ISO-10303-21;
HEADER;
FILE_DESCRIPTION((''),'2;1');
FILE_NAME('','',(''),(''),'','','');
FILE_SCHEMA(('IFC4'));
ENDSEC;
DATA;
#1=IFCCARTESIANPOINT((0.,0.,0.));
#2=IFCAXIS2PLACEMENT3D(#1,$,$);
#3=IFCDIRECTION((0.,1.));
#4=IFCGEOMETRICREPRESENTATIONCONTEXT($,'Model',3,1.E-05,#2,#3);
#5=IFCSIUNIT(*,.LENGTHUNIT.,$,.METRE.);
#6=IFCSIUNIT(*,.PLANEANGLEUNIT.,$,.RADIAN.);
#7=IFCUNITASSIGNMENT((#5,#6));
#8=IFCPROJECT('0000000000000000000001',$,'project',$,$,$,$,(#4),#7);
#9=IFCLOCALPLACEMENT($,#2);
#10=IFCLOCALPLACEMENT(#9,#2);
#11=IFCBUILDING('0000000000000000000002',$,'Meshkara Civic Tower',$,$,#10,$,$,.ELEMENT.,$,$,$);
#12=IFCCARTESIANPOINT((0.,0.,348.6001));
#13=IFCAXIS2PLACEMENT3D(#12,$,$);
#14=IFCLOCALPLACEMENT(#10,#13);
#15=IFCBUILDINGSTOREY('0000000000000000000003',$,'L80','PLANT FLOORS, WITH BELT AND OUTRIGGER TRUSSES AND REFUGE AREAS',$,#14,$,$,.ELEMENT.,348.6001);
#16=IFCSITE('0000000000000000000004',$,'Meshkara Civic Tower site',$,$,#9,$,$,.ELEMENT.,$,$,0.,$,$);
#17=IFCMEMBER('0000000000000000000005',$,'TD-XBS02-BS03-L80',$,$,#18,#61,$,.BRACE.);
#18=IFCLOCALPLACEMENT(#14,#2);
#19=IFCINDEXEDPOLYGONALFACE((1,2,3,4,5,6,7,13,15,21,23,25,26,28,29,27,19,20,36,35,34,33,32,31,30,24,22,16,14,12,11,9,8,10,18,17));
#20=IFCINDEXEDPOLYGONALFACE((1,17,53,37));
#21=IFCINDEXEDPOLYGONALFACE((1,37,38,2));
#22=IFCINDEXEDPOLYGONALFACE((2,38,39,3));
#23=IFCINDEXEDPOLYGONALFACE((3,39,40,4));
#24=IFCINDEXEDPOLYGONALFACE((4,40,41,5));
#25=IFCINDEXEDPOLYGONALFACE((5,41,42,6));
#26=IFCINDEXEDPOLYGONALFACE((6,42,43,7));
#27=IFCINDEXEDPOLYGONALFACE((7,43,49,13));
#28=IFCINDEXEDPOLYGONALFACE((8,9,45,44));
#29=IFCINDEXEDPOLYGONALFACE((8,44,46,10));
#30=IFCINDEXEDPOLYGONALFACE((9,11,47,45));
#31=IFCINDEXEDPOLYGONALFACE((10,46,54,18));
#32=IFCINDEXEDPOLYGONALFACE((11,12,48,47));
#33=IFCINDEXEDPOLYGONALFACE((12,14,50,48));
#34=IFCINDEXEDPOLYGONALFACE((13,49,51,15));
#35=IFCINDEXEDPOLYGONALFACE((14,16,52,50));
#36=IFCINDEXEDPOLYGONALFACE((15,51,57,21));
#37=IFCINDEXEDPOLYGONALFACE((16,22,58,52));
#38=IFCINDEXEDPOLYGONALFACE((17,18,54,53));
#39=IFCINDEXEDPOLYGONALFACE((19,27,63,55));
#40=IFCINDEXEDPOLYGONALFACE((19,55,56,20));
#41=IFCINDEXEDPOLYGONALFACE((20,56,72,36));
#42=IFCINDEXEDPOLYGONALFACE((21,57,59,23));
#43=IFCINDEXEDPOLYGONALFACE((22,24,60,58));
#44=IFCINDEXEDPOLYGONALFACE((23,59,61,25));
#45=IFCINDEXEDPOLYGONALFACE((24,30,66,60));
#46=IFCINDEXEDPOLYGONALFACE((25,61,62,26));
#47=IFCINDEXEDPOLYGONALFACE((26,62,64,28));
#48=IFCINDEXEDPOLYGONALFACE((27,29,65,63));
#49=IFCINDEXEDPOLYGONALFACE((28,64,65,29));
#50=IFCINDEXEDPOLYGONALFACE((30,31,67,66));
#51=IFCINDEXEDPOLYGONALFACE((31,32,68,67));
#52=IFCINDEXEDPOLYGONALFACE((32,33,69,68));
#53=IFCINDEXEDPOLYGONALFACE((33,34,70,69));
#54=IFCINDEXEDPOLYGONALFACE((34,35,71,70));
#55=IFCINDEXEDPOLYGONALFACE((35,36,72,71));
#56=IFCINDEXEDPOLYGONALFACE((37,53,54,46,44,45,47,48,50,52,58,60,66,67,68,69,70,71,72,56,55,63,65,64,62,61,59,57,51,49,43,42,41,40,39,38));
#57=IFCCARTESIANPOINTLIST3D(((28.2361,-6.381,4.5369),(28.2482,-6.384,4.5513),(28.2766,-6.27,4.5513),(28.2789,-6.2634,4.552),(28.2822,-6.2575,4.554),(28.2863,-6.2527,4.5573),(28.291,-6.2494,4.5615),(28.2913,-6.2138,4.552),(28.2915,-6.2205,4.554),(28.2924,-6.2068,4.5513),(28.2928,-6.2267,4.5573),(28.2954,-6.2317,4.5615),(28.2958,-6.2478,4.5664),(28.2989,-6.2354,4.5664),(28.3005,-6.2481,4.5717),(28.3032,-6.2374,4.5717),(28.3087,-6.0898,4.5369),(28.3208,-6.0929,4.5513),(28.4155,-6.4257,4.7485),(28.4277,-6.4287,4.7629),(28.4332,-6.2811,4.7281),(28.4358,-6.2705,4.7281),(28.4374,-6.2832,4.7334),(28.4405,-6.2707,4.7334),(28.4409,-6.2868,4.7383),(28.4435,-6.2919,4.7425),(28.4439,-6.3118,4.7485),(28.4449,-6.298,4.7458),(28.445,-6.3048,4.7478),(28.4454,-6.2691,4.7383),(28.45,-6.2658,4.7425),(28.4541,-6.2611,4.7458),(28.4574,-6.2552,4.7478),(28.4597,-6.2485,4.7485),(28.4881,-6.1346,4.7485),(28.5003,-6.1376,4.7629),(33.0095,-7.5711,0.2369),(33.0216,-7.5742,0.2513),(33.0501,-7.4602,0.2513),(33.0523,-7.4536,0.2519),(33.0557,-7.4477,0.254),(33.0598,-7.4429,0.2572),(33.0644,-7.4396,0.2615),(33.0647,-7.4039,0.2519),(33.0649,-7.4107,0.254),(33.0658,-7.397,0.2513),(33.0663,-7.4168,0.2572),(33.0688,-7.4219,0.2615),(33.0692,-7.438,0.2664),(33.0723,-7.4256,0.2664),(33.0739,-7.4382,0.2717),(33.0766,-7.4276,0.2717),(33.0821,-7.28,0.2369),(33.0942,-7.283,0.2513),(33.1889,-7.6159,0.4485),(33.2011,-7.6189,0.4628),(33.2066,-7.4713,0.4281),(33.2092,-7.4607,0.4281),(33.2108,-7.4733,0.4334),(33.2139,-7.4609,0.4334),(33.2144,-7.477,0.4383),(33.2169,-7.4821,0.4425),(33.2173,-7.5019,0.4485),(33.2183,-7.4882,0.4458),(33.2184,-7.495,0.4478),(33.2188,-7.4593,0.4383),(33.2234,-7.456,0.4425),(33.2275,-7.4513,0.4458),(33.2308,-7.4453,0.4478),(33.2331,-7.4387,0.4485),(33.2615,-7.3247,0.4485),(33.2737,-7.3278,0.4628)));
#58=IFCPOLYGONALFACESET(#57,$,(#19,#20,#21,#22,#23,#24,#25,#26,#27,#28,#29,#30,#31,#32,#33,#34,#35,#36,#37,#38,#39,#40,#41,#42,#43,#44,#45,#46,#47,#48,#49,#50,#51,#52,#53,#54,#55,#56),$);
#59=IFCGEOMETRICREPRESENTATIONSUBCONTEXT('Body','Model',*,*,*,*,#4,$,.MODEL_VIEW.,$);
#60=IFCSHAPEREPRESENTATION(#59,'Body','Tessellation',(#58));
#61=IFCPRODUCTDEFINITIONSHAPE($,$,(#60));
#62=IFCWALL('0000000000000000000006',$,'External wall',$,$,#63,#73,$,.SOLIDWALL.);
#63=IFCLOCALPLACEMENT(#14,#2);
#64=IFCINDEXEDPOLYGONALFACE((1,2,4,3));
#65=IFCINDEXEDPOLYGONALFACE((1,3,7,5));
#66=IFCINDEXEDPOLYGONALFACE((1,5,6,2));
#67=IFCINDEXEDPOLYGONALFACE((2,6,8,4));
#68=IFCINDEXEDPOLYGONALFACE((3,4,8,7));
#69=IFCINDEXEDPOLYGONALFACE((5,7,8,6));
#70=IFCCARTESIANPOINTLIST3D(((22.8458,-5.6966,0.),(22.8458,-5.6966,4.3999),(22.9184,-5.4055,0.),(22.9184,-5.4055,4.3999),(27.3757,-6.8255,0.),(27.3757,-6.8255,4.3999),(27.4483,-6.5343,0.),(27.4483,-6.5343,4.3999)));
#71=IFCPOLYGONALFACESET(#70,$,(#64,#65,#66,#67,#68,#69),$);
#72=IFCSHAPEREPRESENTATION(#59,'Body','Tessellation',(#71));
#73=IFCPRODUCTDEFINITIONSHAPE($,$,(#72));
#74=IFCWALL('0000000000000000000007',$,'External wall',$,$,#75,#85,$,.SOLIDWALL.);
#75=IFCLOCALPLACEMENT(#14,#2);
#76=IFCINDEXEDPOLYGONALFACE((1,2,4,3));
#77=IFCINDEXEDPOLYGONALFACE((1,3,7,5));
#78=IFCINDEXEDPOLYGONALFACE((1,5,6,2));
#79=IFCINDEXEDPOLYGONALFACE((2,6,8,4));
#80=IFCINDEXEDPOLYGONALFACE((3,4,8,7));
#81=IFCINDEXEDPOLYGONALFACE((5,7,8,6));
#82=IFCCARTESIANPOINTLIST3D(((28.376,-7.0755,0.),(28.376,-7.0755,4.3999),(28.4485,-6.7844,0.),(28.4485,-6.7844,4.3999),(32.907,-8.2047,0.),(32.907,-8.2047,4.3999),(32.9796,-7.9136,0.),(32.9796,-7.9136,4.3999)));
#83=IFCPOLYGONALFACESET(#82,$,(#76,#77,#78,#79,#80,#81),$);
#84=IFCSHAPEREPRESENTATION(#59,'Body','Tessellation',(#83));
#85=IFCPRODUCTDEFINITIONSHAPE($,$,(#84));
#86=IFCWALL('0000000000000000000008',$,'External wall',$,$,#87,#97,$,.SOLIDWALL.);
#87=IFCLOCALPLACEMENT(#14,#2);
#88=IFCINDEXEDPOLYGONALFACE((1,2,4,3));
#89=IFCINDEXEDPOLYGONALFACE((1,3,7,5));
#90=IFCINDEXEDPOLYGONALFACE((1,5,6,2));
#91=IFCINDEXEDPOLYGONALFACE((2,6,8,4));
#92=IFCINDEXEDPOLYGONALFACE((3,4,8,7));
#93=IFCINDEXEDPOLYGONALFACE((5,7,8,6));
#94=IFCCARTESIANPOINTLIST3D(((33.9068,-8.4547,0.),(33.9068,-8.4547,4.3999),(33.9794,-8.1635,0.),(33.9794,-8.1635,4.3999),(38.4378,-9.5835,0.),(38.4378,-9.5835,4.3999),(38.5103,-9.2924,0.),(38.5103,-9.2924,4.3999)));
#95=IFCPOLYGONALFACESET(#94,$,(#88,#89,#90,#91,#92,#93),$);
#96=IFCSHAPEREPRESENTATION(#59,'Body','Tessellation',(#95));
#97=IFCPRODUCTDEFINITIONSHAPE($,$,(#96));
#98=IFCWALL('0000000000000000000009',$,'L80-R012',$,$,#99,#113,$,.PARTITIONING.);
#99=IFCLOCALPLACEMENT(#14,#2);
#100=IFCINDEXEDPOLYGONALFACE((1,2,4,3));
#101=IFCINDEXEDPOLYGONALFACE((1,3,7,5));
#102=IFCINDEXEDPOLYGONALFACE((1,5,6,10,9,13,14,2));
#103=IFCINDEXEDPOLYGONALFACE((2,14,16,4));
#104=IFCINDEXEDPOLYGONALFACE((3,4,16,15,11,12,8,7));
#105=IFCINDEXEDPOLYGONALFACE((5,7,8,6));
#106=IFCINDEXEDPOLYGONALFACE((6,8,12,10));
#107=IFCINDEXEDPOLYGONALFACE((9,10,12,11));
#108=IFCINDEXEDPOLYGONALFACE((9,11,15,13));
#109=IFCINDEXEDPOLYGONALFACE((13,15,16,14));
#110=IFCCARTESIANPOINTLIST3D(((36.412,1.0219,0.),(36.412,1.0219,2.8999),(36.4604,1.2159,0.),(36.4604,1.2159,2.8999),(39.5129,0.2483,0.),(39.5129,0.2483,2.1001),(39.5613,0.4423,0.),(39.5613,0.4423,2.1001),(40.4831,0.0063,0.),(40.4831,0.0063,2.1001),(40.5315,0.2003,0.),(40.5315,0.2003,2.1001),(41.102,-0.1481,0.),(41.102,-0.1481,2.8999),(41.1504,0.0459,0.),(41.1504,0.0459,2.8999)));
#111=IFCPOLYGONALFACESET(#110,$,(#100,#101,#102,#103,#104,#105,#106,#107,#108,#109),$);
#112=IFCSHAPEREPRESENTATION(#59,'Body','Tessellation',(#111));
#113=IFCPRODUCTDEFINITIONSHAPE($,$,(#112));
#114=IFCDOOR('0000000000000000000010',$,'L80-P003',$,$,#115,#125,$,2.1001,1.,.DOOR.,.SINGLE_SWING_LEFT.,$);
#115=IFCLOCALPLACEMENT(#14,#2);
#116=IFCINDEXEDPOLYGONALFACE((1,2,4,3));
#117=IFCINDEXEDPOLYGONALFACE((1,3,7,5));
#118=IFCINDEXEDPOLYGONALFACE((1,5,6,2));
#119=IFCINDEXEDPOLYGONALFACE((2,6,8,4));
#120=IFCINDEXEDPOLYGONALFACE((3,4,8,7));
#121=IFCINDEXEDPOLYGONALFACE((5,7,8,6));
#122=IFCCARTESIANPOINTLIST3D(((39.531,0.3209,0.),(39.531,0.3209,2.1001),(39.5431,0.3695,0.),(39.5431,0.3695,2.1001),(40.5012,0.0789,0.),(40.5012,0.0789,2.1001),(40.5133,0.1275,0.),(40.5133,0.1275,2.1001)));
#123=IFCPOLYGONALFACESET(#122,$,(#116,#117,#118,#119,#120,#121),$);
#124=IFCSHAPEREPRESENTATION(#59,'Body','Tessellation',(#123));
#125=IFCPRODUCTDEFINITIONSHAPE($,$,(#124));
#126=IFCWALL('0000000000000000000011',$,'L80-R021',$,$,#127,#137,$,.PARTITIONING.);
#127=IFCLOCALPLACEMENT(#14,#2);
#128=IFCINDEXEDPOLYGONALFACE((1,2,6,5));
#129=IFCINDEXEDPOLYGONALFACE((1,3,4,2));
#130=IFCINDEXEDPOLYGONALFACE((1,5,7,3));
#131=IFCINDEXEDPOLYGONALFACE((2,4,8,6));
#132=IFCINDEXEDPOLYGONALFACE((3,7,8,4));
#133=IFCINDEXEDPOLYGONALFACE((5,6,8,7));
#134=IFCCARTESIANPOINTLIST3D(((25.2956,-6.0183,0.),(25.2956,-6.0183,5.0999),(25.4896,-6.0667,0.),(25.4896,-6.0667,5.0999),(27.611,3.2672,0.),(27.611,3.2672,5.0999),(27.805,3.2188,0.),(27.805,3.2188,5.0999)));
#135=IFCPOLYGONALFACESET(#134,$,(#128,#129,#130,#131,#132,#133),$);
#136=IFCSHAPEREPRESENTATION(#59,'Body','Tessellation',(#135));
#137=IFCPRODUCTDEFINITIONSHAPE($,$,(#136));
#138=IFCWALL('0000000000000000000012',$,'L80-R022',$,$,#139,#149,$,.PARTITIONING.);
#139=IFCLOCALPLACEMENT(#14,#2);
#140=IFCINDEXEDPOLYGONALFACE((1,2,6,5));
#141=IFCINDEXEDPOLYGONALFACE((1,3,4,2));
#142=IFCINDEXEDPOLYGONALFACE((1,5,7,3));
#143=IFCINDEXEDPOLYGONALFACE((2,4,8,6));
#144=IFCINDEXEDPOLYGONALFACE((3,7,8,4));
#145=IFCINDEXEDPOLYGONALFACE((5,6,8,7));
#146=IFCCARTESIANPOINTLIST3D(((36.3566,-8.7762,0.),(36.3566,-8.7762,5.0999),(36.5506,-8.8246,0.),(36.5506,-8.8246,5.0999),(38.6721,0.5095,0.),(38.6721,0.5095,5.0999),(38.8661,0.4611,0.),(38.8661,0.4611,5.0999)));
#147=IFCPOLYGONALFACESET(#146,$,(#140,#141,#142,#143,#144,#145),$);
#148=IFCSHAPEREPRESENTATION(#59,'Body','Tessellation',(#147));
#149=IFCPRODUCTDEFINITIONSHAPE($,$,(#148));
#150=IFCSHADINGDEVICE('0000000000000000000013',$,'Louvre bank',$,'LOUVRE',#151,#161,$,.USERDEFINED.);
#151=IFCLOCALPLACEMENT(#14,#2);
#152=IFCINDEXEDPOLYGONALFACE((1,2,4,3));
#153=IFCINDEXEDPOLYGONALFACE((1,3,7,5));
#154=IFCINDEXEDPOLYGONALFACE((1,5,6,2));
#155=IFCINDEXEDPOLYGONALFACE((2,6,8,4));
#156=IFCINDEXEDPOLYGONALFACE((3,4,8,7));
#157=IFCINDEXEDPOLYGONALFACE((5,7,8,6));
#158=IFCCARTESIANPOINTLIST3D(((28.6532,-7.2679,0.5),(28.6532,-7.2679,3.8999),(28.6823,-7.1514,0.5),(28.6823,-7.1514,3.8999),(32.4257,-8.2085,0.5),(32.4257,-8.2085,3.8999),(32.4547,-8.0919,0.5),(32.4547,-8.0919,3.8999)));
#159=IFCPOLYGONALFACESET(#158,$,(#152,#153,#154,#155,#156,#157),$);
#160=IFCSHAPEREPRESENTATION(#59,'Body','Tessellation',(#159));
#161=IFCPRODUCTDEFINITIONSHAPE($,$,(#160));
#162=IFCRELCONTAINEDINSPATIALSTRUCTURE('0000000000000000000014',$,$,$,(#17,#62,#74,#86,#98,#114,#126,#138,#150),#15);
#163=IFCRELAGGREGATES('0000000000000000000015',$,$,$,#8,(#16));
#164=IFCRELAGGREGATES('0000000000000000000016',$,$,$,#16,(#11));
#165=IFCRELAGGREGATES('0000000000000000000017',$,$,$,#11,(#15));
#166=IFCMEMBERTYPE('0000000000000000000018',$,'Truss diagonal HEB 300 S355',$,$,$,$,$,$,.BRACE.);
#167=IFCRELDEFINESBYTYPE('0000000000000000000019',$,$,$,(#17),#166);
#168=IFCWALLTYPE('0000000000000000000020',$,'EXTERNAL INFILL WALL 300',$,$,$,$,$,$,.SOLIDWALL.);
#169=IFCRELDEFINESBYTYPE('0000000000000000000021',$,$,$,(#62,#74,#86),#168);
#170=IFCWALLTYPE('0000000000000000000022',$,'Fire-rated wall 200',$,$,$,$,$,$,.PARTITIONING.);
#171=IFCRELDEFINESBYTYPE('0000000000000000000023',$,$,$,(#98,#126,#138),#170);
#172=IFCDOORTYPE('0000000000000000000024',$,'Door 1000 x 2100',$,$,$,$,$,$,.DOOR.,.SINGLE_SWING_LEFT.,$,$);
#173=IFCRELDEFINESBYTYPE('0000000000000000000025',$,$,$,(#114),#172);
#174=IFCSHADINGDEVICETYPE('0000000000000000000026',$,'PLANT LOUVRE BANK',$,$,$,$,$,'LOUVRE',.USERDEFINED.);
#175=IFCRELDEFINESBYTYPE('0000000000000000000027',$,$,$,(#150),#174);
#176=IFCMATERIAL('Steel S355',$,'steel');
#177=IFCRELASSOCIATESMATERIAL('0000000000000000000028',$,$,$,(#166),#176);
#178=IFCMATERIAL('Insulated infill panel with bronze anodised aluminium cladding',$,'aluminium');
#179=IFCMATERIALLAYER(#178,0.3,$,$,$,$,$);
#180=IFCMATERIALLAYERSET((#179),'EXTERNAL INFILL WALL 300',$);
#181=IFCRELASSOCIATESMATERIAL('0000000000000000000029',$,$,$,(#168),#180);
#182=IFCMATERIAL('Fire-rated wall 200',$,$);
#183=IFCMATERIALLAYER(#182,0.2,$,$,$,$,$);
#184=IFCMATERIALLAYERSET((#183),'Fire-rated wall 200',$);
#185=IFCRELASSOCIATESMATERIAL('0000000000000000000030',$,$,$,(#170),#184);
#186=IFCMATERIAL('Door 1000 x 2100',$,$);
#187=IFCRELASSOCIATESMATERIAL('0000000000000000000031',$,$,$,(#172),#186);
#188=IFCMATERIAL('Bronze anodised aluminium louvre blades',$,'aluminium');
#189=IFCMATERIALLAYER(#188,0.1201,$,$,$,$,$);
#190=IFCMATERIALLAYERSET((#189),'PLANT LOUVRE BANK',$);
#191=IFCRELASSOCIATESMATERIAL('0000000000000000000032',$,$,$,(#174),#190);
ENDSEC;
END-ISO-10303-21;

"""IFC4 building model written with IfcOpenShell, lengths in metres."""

from ifc_helpers import new_model, si_unit, direction, frame, frame_2d, origin, origin_2d, place, context, subcontext, project, spatial, rectangle, i_section, extrude, material, layer, layer_set, material_profile, profile_set, type_object, element, fill, save


model = new_model("IFC4")

# Units and contexts
model_context = context("Model", 3, precision=1e-05, world=origin(), true_north=direction((0.0, 1.0)))
body_context = subcontext(model_context, "Body", "Model", "MODEL_VIEW")
ifc_project = project(units=[si_unit("LENGTHUNIT", "METRE"), si_unit("PLANEANGLEUNIT", "RADIAN")], contexts=[model_context])

# Site, building, storey
site_placement = place(None, origin())
site = spatial("IfcSite", under=ifc_project, at=site_placement, Name="Meshkara Civic Tower site", CompositionType="ELEMENT", RefElevation=0.0)
building_placement = place(site_placement, origin())
building = spatial("IfcBuilding", under=site, at=building_placement, Name="Meshkara Civic Tower", CompositionType="ELEMENT")
storey_placement = place(building_placement, frame((0.0, 0.0, 348.6001)))
storey = spatial("IfcBuildingStorey", under=building, at=storey_placement, Name="L80", Description="PLANT FLOORS, WITH BELT AND OUTRIGGER TRUSSES AND REFUGE AREAS", CompositionType="ELEMENT", Elevation=348.6001)

# Member
ifc_material_1 = material(Name="Steel S355", Category="steel")
ifc_material_profile_1 = material_profile(ifc_material_1, i_section(OverallWidth=0.3, OverallDepth=0.3, WebThickness=0.011, FlangeThickness=0.019, FilletRadius=0.0271, at=origin_2d()))
ifc_profile_set_1 = profile_set([ifc_material_profile_1], Name="Steel S355")
member_type = type_object("IfcMemberType", Name="Truss diagonal HEB 300 S355", PredefinedType="BRACE", material=ifc_profile_set_1)
member_1_placement = place(storey_placement, frame((28.3682, -6.2593, 4.6499), z_axis=(0.730558, -0.182154, -0.658107), x_axis=(0.241928, 0.970294, 0.0)))
element("IfcMember", 1, at=member_1_placement, inside=storey, type_object=member_type, Name="TD-XBS02-BS03-L80", PredefinedType="BRACE", context=body_context, shape_type="SweptSolid", body=[
    extrude(i_section(OverallWidth=0.3, OverallDepth=0.3, WebThickness=0.011, FlangeThickness=0.019, FilletRadius=0.0271, at=origin_2d()), origin(), (0.0, 0.0, 1.0), 6.5339),
])

# Walls
ifc_material_2 = material(Name="Insulated infill panel with bronze anodised aluminium cladding", Category="aluminium")
ifc_layer_1 = layer(ifc_material_2, 0.3)
ifc_layer_set_1 = layer_set([ifc_layer_1], Name="EXTERNAL INFILL WALL 300")
wall_type_1 = type_object("IfcWallType", Name="EXTERNAL INFILL WALL 300", PredefinedType="SOLIDWALL", material=ifc_layer_set_1)
wall_1_placement = place(storey_placement, frame((22.8821, -5.551, 0.0), z_axis=(0.0, 0.0, 1.0), x_axis=(0.970324, -0.24181, 0.0)))
element("IfcWall", 2, at=wall_1_placement, inside=storey, type_object=wall_type_1, Name="External wall", PredefinedType="SOLIDWALL", context=body_context, shape_type="SweptSolid", body=[
    extrude(rectangle(XDim=4.6685, YDim=0.3, at=frame_2d((2.3342, 0.0))), origin(), (0.0, 0.0, 1.0), 4.3999),
])
wall_2_placement = place(storey_placement, frame((28.4121, -6.9299, 0.0), z_axis=(0.0, 0.0, 1.0), x_axis=(0.970324, -0.24181, 0.0)))
element("IfcWall", 3, at=wall_2_placement, inside=storey, type_object=wall_type_1, Name="External wall", PredefinedType="SOLIDWALL", context=body_context, shape_type="SweptSolid", body=[
    extrude(rectangle(XDim=4.6697, YDim=0.3, at=frame_2d((2.335, 0.0))), origin(), (0.0, 0.0, 1.0), 4.3999),
])
wall_3_placement = place(storey_placement, frame((33.9431, -8.3091, 0.0), z_axis=(0.0, 0.0, 1.0), x_axis=(0.970336, -0.241761, 0.0)))
element("IfcWall", 4, at=wall_3_placement, inside=storey, type_object=wall_type_1, Name="External wall", PredefinedType="SOLIDWALL", context=body_context, shape_type="SweptSolid", body=[
    extrude(rectangle(XDim=4.6694, YDim=0.3, at=frame_2d((2.3347, 0.0))), origin(), (0.0, 0.0, 1.0), 4.3999),
])

# Wall, opening, door
ifc_material_3 = material(Name="Fire-rated wall 200")
ifc_layer_2 = layer(ifc_material_3, 0.2)
ifc_layer_set_2 = layer_set([ifc_layer_2], Name="Fire-rated wall 200")
wall_type_2 = type_object("IfcWallType", Name="Fire-rated wall 200", PredefinedType="PARTITIONING", material=ifc_layer_set_2)
wall_4_placement = place(storey_placement, frame((36.436, 1.1189, 0.0), z_axis=(0.0, 0.0, 1.0), x_axis=(0.970267, -0.242036, 0.0)))
wall_4 = element("IfcWall", 5, at=wall_4_placement, inside=storey, type_object=wall_type_2, Name="L80-R012", PredefinedType="PARTITIONING", context=body_context, shape_type="SweptSolid", body=[
    extrude(rectangle(XDim=4.8337, YDim=0.2, at=frame_2d((2.417, 0.0))), origin(), (0.0, 0.0, 1.0), 2.8999),
])
opening_placement = place(wall_4_placement, frame((3.196, 0.0, 0.0)))
opening = element("IfcOpeningElement", 6, at=opening_placement, cuts=wall_4, PredefinedType="OPENING", context=body_context, shape_type="SweptSolid", body=[
    extrude(rectangle(XDim=1.0, YDim=2.1001, at=frame_2d((0.5, 1.05))), frame((0.0, 0.1099, 0.0), z_axis=(0.0, -1.0, 0.0), x_axis=(1.0, 0.0, 0.0)), (0.0, 0.0, 1.0), 0.22),
])
ifc_material_4 = material(Name="Door 1000 x 2100")
door_type = type_object("IfcDoorType", Name="Door 1000 x 2100", OperationType="SINGLE_SWING_LEFT", PredefinedType="DOOR", material=ifc_material_4)
door_placement = place(opening_placement, origin())
door = element("IfcDoor", 7, at=door_placement, inside=storey, type_object=door_type, Name="L80-P003", OperationType="SINGLE_SWING_LEFT", OverallHeight=2.1001, OverallWidth=1.0, PredefinedType="DOOR", context=body_context, shape_type="SweptSolid", body=[
    extrude(rectangle(XDim=1.0, YDim=2.1001, at=frame_2d((0.5, 1.05))), frame((0.0, 0.0249, 0.0), z_axis=(0.0, -1.0, 0.0), x_axis=(1.0, 0.0, 0.0)), (0.0, 0.0, 1.0), 0.05),
])
fill(opening, door)

# Walls
wall_5_placement = place(storey_placement, frame((25.3926, -6.0425, 0.0), z_axis=(0.0, 0.0, 1.0), x_axis=(0.241953, 0.970288, 0.0)))
element("IfcWall", 8, at=wall_5_placement, inside=storey, type_object=wall_type_2, Name="L80-R021", PredefinedType="PARTITIONING", context=body_context, shape_type="SweptSolid", body=[
    extrude(rectangle(XDim=9.5698, YDim=0.2, at=frame_2d((4.7849, 0.0))), origin(), (0.0, 0.0, 1.0), 5.0999),
])
wall_6_placement = place(storey_placement, frame((36.4536, -8.8005, 0.0), z_axis=(0.0, 0.0, 1.0), x_axis=(0.241947, 0.970289, 0.0)))
element("IfcWall", 9, at=wall_6_placement, inside=storey, type_object=wall_type_2, Name="L80-R022", PredefinedType="PARTITIONING", context=body_context, shape_type="SweptSolid", body=[
    extrude(rectangle(XDim=9.5701, YDim=0.2, at=frame_2d((4.7852, 0.0))), origin(), (0.0, 0.0, 1.0), 5.0999),
])

# Shading device
ifc_material_5 = material(Name="Bronze anodised aluminium louvre blades", Category="aluminium")
ifc_layer_3 = layer(ifc_material_5, 0.1201)
ifc_layer_set_3 = layer_set([ifc_layer_3], Name="PLANT LOUVRE BANK")
shading_device_type = type_object("IfcShadingDeviceType", Name="PLANT LOUVRE BANK", ElementType="LOUVRE", PredefinedType="USERDEFINED", material=ifc_layer_set_3)
shading_device_placement = place(storey_placement, frame((30.554, -7.6799, 0.5), z_axis=(0.0, 0.0, 1.0), x_axis=(0.970296, -0.241922, 0.0)))
element("IfcShadingDevice", 10, at=shading_device_placement, inside=storey, type_object=shading_device_type, Name="Louvre bank", ObjectType="LOUVRE", PredefinedType="USERDEFINED", context=body_context, shape_type="SweptSolid", body=[
    extrude(rectangle(XDim=3.8879, YDim=0.1201, at=origin_2d()), origin(), (0.0, 0.0, 1.0), 3.3999),
])

save(model, "model.ifc")
